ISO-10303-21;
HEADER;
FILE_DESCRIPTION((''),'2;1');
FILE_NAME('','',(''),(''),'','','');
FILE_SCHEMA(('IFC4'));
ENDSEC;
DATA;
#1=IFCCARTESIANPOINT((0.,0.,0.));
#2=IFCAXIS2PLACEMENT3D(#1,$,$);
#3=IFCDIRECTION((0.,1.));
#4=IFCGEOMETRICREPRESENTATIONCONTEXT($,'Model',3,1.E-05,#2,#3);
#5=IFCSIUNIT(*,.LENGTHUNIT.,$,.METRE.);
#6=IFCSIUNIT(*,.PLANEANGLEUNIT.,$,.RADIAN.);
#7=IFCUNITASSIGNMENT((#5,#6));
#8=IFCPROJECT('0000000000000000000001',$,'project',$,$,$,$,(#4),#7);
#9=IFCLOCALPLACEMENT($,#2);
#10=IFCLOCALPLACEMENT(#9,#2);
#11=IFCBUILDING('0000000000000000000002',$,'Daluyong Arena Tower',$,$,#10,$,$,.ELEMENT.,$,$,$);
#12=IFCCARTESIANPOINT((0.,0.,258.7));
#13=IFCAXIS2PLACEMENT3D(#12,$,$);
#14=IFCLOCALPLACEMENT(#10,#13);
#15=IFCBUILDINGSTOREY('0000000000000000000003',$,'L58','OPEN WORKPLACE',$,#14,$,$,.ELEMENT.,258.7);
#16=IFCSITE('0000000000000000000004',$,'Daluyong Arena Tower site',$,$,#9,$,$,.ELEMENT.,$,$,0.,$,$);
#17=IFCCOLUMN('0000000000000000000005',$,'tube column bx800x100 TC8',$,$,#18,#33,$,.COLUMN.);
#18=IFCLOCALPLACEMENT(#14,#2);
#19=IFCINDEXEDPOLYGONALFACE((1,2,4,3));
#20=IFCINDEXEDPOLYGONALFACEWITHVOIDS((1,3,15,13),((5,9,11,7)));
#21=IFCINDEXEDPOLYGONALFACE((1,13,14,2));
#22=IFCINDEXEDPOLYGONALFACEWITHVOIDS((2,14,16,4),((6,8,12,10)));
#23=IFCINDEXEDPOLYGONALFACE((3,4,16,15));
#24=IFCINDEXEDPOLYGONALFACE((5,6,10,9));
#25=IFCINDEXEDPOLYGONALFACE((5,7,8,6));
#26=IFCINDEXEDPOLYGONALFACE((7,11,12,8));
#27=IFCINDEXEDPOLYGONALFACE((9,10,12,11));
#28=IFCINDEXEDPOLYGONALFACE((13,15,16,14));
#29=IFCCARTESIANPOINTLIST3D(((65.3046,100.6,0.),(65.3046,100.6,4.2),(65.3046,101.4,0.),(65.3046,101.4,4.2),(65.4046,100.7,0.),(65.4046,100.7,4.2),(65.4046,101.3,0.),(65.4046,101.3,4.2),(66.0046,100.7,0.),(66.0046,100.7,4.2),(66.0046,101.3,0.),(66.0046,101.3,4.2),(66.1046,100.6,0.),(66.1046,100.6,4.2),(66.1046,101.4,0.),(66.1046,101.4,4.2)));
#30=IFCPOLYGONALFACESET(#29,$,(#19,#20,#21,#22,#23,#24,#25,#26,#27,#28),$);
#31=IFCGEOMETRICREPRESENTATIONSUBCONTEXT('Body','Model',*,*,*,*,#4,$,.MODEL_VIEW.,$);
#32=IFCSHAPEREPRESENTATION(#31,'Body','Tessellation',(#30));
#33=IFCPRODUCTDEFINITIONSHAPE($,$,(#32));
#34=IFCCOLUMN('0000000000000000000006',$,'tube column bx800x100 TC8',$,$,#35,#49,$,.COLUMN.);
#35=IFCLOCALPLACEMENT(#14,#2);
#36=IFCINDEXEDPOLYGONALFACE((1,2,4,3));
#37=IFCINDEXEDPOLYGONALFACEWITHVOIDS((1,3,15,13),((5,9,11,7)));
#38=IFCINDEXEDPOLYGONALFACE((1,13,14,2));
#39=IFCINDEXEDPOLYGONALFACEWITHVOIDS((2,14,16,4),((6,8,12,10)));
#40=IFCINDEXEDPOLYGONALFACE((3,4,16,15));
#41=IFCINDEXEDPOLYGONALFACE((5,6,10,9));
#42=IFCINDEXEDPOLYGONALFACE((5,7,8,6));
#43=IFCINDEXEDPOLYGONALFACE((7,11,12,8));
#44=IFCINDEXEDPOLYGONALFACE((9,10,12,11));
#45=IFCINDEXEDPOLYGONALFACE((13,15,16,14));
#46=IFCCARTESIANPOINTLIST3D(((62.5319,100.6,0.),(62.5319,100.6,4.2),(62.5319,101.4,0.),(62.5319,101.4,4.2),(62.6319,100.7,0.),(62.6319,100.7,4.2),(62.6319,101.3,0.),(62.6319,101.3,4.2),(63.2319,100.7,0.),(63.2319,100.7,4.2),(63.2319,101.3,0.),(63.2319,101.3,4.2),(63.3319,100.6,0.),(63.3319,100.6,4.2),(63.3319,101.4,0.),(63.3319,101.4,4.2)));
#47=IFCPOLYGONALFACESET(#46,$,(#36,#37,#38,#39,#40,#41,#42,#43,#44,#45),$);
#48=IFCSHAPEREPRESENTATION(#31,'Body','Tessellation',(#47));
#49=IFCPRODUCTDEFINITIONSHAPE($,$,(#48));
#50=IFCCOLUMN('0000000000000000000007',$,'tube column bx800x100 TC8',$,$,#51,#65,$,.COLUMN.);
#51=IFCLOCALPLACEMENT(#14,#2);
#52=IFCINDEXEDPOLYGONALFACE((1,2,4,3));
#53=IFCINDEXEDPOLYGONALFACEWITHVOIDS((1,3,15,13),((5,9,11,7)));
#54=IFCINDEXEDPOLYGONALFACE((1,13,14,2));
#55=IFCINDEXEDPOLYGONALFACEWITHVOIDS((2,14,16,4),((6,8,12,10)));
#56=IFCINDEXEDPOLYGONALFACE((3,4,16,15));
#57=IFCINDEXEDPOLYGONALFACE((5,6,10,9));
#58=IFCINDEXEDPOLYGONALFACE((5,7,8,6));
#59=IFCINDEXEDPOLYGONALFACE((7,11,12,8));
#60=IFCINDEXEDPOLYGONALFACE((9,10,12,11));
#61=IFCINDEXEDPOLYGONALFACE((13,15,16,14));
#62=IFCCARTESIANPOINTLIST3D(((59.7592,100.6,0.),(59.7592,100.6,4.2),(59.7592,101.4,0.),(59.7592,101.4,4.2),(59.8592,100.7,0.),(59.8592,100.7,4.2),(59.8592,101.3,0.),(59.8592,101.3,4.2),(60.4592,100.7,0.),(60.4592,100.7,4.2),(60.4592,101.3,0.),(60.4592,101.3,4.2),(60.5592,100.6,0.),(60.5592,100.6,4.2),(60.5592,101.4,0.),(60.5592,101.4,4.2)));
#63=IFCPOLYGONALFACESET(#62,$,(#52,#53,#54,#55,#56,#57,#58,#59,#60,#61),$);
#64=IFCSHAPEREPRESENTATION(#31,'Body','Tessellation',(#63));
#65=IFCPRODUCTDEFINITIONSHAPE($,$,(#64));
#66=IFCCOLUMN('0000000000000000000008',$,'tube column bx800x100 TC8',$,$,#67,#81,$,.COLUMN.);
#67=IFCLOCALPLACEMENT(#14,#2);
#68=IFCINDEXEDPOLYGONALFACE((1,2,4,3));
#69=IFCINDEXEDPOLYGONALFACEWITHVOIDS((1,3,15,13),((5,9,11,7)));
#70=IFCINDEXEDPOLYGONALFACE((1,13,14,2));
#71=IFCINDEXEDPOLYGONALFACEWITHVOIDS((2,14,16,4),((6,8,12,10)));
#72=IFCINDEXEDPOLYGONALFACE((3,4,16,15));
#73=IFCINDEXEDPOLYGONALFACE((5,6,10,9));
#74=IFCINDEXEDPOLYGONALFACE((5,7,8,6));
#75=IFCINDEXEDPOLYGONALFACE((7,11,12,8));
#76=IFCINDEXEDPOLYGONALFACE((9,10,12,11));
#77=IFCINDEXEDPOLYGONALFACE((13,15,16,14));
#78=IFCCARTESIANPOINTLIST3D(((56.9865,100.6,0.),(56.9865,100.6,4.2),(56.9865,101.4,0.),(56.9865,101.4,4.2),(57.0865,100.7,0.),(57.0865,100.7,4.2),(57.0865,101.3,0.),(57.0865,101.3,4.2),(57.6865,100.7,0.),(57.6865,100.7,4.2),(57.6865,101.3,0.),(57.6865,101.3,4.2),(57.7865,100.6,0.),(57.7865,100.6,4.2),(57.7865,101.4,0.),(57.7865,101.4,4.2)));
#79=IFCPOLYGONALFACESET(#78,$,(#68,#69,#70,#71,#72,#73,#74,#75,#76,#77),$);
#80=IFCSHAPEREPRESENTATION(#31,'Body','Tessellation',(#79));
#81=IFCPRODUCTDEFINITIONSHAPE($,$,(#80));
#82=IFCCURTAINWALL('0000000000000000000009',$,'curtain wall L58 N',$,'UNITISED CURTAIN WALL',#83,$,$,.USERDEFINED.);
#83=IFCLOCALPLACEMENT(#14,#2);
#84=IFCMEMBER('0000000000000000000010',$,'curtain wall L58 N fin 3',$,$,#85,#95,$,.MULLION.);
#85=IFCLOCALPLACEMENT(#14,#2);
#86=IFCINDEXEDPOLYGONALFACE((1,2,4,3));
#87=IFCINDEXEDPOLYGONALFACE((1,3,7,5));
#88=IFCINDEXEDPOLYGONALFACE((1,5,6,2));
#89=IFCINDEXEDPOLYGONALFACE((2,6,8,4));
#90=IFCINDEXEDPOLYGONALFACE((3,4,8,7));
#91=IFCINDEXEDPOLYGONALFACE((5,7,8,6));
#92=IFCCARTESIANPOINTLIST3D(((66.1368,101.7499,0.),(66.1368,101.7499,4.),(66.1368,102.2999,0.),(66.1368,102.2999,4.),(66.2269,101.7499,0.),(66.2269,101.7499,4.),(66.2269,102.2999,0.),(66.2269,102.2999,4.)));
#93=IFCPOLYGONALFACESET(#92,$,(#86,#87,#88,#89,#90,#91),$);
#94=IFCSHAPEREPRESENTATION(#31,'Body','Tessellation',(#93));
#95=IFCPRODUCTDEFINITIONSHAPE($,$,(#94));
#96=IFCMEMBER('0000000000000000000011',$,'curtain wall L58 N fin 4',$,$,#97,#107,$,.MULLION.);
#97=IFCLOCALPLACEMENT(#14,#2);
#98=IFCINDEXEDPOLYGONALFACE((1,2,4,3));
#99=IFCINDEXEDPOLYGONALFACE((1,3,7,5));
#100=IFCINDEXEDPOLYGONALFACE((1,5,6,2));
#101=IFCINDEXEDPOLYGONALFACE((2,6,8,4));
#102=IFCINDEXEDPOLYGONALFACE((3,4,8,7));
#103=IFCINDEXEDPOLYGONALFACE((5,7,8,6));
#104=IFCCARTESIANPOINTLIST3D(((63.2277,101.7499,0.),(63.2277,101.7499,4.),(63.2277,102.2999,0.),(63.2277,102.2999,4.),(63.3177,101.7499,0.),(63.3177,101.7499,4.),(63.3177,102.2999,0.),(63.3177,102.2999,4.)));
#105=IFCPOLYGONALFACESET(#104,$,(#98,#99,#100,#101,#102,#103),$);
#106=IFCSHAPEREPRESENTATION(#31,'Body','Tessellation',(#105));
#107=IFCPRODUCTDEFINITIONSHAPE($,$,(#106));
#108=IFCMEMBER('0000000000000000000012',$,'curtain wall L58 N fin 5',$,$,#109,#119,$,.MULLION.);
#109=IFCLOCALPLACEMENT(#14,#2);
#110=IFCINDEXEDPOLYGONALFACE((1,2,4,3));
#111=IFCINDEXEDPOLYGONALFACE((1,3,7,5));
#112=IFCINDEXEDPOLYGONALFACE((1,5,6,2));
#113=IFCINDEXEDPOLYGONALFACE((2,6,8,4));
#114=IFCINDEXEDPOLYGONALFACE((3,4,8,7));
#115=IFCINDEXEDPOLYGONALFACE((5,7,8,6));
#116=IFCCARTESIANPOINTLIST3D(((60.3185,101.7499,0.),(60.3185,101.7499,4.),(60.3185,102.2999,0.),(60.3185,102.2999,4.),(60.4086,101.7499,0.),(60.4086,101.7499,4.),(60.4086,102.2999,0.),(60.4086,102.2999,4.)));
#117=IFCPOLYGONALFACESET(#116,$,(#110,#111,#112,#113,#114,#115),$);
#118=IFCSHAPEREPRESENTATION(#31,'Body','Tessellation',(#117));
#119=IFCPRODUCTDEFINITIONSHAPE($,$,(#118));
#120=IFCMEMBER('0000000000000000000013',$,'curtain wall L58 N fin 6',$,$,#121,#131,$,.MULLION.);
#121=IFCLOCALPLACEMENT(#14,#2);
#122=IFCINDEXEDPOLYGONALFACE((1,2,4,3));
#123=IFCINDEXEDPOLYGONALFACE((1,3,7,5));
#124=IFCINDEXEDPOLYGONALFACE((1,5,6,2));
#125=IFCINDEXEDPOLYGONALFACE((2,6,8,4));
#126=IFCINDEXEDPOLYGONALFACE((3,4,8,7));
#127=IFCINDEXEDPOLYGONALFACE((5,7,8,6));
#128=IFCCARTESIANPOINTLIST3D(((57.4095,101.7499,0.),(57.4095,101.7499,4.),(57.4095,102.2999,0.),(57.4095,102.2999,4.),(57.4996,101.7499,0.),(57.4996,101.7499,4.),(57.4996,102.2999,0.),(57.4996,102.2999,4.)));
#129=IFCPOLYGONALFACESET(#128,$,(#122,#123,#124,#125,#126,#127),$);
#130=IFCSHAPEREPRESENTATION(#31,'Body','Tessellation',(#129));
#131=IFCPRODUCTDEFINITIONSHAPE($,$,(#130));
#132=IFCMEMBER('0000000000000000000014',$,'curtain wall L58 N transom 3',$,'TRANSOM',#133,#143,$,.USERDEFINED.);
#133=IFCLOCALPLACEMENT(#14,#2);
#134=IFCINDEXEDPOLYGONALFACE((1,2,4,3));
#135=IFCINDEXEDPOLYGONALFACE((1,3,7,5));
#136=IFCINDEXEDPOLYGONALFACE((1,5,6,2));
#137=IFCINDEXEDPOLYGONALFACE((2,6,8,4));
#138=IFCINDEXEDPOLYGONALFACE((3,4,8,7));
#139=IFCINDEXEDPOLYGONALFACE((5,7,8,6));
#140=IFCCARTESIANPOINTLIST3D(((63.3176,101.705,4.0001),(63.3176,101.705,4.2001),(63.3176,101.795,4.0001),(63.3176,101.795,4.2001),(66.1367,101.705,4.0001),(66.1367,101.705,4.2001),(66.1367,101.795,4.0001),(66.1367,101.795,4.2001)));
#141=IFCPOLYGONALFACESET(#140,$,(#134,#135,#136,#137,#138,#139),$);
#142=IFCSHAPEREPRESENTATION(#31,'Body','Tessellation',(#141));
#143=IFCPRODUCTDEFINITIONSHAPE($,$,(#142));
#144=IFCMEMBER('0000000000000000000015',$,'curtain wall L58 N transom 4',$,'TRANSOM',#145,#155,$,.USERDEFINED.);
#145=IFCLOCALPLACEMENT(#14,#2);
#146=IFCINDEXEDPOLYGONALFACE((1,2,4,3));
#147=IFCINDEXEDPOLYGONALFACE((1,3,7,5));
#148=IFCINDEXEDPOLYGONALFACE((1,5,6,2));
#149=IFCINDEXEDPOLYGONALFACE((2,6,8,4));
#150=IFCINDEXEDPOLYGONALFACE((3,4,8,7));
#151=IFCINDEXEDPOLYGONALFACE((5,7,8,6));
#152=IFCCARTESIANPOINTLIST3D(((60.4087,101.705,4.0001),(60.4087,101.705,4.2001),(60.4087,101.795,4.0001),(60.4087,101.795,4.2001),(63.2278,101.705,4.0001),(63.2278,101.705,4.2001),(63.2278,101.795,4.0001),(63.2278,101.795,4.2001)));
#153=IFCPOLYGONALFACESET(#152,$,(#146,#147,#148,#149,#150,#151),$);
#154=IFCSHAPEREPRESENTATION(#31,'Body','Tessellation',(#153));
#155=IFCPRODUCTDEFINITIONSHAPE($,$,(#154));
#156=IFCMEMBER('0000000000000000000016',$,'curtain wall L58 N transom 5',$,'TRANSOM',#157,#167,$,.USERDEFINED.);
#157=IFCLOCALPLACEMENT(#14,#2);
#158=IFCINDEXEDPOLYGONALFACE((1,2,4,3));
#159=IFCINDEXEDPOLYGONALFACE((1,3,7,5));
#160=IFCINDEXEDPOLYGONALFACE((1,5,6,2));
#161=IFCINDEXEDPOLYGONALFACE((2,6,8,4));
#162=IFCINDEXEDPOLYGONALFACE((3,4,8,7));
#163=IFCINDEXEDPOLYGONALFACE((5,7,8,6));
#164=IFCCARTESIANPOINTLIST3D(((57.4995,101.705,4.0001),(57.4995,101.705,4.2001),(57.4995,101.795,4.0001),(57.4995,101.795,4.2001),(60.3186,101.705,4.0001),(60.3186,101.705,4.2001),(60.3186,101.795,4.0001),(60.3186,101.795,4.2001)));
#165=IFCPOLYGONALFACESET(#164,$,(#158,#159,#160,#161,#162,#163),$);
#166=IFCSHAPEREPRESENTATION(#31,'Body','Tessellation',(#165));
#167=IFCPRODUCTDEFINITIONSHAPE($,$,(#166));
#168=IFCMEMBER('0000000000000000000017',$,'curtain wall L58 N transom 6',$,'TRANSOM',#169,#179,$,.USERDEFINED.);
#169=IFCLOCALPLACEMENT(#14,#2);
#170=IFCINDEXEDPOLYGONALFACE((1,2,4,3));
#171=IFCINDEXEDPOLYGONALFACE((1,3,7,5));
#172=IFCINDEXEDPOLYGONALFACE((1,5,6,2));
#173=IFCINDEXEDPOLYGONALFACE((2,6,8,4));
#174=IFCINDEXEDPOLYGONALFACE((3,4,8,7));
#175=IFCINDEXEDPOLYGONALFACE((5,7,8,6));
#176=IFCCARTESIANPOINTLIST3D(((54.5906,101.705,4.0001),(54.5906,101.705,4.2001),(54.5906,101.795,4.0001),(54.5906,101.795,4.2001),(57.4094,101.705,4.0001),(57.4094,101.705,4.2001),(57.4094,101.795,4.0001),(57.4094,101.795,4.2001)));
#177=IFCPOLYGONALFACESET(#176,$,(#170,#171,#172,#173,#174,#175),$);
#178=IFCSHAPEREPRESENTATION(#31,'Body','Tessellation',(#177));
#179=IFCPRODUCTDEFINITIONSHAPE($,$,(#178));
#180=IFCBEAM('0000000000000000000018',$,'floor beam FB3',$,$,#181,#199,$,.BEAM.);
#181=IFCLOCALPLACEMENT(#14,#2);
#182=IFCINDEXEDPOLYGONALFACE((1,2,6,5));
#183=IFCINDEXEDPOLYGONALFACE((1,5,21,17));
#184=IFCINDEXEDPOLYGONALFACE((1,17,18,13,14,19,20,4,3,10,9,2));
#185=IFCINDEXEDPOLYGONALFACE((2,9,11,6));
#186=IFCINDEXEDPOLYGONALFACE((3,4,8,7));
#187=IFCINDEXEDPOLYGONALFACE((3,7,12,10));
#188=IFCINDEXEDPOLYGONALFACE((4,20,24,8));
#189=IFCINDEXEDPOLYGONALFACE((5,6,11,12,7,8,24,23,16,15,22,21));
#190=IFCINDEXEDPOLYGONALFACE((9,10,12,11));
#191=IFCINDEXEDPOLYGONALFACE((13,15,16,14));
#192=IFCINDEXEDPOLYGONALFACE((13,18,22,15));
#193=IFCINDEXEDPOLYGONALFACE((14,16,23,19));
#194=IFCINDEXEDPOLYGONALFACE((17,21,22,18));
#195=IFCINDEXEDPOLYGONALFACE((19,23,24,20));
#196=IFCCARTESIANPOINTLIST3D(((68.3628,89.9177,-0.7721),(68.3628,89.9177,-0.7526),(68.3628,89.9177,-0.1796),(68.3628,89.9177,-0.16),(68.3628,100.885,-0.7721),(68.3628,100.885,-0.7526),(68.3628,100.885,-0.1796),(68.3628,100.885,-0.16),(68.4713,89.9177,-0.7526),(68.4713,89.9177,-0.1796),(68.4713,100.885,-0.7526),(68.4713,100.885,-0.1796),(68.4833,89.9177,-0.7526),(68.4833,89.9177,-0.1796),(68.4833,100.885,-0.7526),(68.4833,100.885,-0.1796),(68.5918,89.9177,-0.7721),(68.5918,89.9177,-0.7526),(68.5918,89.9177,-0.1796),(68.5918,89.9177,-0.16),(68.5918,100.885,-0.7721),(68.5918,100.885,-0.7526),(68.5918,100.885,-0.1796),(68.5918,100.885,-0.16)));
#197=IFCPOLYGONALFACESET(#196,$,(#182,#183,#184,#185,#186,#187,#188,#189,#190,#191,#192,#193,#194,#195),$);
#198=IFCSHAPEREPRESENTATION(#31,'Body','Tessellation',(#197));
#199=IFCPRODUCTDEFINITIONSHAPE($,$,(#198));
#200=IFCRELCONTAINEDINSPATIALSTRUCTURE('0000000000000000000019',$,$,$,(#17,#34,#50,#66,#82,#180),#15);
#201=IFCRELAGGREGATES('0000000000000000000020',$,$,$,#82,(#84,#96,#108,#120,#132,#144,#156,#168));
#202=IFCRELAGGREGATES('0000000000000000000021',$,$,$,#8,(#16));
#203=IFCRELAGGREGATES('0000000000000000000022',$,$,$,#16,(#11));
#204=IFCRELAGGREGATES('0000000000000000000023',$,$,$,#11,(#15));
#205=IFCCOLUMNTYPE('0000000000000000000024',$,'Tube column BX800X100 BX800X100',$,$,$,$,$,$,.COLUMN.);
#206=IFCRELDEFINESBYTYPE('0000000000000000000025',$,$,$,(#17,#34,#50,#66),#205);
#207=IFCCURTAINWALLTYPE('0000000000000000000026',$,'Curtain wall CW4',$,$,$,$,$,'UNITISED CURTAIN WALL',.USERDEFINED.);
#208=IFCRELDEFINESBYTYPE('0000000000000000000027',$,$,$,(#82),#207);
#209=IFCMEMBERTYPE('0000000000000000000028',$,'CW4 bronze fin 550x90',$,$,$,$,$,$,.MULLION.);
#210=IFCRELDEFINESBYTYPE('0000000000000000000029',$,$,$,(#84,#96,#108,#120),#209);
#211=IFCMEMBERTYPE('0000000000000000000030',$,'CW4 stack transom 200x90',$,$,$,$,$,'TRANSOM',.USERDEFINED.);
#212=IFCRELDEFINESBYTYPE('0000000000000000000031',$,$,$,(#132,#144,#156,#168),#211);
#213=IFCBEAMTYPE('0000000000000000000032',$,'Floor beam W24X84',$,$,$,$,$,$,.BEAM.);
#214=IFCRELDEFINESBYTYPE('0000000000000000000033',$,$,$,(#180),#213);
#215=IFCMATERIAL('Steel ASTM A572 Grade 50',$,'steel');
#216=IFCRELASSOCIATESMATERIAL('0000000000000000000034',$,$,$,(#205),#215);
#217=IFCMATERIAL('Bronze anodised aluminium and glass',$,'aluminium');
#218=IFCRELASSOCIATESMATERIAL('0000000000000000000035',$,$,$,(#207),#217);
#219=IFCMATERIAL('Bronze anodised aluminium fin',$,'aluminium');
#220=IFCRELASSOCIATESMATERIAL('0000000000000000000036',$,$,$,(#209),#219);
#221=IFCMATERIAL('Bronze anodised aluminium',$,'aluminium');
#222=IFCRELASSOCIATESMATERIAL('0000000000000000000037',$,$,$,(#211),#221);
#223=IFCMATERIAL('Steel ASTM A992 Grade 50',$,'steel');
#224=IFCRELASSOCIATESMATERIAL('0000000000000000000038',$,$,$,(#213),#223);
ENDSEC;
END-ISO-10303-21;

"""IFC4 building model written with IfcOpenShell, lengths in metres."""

from ifc_helpers import new_model, si_unit, direction, frame, origin, origin_2d, place, context, subcontext, project, spatial, rectangle, hollow_rectangle, i_section, extrude, material, material_profile, profile_set, type_object, element, aggregate, save


model = new_model("IFC4")

# Units and contexts
model_context = context("Model", 3, precision=1e-05, world=origin(), true_north=direction((0.0, 1.0)))
body_context = subcontext(model_context, "Body", "Model", "MODEL_VIEW")
ifc_project = project(units=[si_unit("LENGTHUNIT", "METRE"), si_unit("PLANEANGLEUNIT", "RADIAN")], contexts=[model_context])

# Site, building, storey
site_placement = place(None, origin())
site = spatial("IfcSite", under=ifc_project, at=site_placement, Name="Daluyong Arena Tower site", CompositionType="ELEMENT", RefElevation=0.0)
building_placement = place(site_placement, origin())
building = spatial("IfcBuilding", under=site, at=building_placement, Name="Daluyong Arena Tower", CompositionType="ELEMENT")
storey_placement = place(building_placement, frame((0.0, 0.0, 258.7)))
storey = spatial("IfcBuildingStorey", under=building, at=storey_placement, Name="L58", Description="OPEN WORKPLACE", CompositionType="ELEMENT", Elevation=258.7)

# Columns
ifc_material_1 = material(Name="Steel ASTM A572 Grade 50", Category="steel")
ifc_material_profile_1 = material_profile(ifc_material_1, hollow_rectangle(XDim=0.8, YDim=0.8, WallThickness=0.1, at=origin_2d()))
ifc_profile_set_1 = profile_set([ifc_material_profile_1], Name="Steel ASTM A572 Grade 50")
column_type = type_object("IfcColumnType", Name="Tube column BX800X100 BX800X100", PredefinedType="COLUMN", material=ifc_profile_set_1)
for number, where, z_axis, x_axis, name in (
    (1, (65.7046, 101.0, 0.0), (0.0, 0.0, 1.0), (1.0, 0.0, 0.0), "tube column bx800x100 TC8"),
    (2, (62.9319, 101.0, 0.0), (0.0, 0.0, 1.0), (1.0, 0.0, 0.0), "tube column bx800x100 TC8"),
    (3, (60.1592, 101.0, 0.0), (0.0, 0.0, 1.0), (1.0, 0.0, 0.0), "tube column bx800x100 TC8"),
    (4, (57.3865, 101.0, 0.0), (0.0, 0.0, 1.0), (1.0, 0.0, 0.0), "tube column bx800x100 TC8"),
):
    element("IfcColumn", number, at=place(storey_placement, frame(where, z_axis=z_axis, x_axis=x_axis)), inside=storey, type_object=column_type, Name=name, PredefinedType="COLUMN", context=body_context, shape_type="SweptSolid", body=[
        extrude(hollow_rectangle(XDim=0.8, YDim=0.8, WallThickness=0.1, at=origin_2d()), origin(), (0.0, 0.0, 1.0), 4.2),
    ])

# Curtain wall, members
ifc_material_2 = material(Name="Bronze anodised aluminium and glass", Category="aluminium")
curtain_wall_type = type_object("IfcCurtainWallType", Name="Curtain wall CW4", ElementType="UNITISED CURTAIN WALL", PredefinedType="USERDEFINED", material=ifc_material_2)
curtain_wall_placement = place(storey_placement, origin())
curtain_wall = element("IfcCurtainWall", 5, at=curtain_wall_placement, inside=storey, type_object=curtain_wall_type, Name="curtain wall L58 N", ObjectType="UNITISED CURTAIN WALL", PredefinedType="USERDEFINED")
ifc_material_3 = material(Name="Bronze anodised aluminium fin", Category="aluminium")
ifc_material_profile_2 = material_profile(ifc_material_3, rectangle(XDim=0.55, YDim=0.0901, at=origin_2d()))
ifc_profile_set_2 = profile_set([ifc_material_profile_2], Name="Bronze anodised aluminium fin")
member_type_1 = type_object("IfcMemberType", Name="CW4 bronze fin 550x90", PredefinedType="MULLION", material=ifc_profile_set_2)
member_1_placement = place(storey_placement, frame((66.1819, 102.0249, 0.0), z_axis=(0.0, 0.0, 1.0), x_axis=(0.0, -1.0, 0.0)))
member_1 = element("IfcMember", 6, at=member_1_placement, type_object=member_type_1, Name="curtain wall L58 N fin 3", PredefinedType="MULLION", context=body_context, shape_type="SweptSolid", body=[
    extrude(rectangle(XDim=0.55, YDim=0.0901, at=origin_2d()), origin(), (0.0, 0.0, 1.0), 4.0),
])
member_2_placement = place(storey_placement, frame((63.2727, 102.0249, 0.0), z_axis=(0.0, 0.0, 1.0), x_axis=(0.0, -1.0, 0.0)))
member_2 = element("IfcMember", 7, at=member_2_placement, type_object=member_type_1, Name="curtain wall L58 N fin 4", PredefinedType="MULLION", context=body_context, shape_type="SweptSolid", body=[
    extrude(rectangle(XDim=0.55, YDim=0.0901, at=origin_2d()), origin(), (0.0, 0.0, 1.0), 4.0),
])
member_3_placement = place(storey_placement, frame((60.3635, 102.0249, 0.0), z_axis=(0.0, 0.0, 1.0), x_axis=(0.0, -1.0, 0.0)))
member_3 = element("IfcMember", 8, at=member_3_placement, type_object=member_type_1, Name="curtain wall L58 N fin 5", PredefinedType="MULLION", context=body_context, shape_type="SweptSolid", body=[
    extrude(rectangle(XDim=0.55, YDim=0.0901, at=origin_2d()), origin(), (0.0, 0.0, 1.0), 4.0),
])
member_4_placement = place(storey_placement, frame((57.4546, 102.0249, 0.0), z_axis=(0.0, 0.0, 1.0), x_axis=(0.0, -1.0, 0.0)))
member_4 = element("IfcMember", 9, at=member_4_placement, type_object=member_type_1, Name="curtain wall L58 N fin 6", PredefinedType="MULLION", context=body_context, shape_type="SweptSolid", body=[
    extrude(rectangle(XDim=0.55, YDim=0.0901, at=origin_2d()), origin(), (0.0, 0.0, 1.0), 4.0),
])
ifc_material_4 = material(Name="Bronze anodised aluminium", Category="aluminium")
ifc_material_profile_3 = material_profile(ifc_material_4, rectangle(XDim=0.0901, YDim=0.2, at=origin_2d()))
ifc_profile_set_3 = profile_set([ifc_material_profile_3], Name="Bronze anodised aluminium")
member_type_2 = type_object("IfcMemberType", Name="CW4 stack transom 200x90", ElementType="TRANSOM", PredefinedType="USERDEFINED", material=ifc_profile_set_3)
member_5_placement = place(storey_placement, frame((66.1367, 101.75, 4.1001), z_axis=(-1.0, 0.0, 0.0), x_axis=(0.0, -1.0, 0.0)))
member_5 = element("IfcMember", 10, at=member_5_placement, type_object=member_type_2, Name="curtain wall L58 N transom 3", ObjectType="TRANSOM", PredefinedType="USERDEFINED", context=body_context, shape_type="SweptSolid", body=[
    extrude(rectangle(XDim=0.0901, YDim=0.2, at=origin_2d()), origin(), (0.0, 0.0, 1.0), 2.8191),
])
member_6_placement = place(storey_placement, frame((63.2278, 101.75, 4.1001), z_axis=(-1.0, 0.0, 0.0), x_axis=(0.0, -1.0, 0.0)))
member_6 = element("IfcMember", 11, at=member_6_placement, type_object=member_type_2, Name="curtain wall L58 N transom 4", ObjectType="TRANSOM", PredefinedType="USERDEFINED", context=body_context, shape_type="SweptSolid", body=[
    extrude(rectangle(XDim=0.0901, YDim=0.2, at=origin_2d()), origin(), (0.0, 0.0, 1.0), 2.8191),
])
member_7_placement = place(storey_placement, frame((60.3186, 101.75, 4.1001), z_axis=(-1.0, 0.0, 0.0), x_axis=(0.0, -1.0, 0.0)))
member_7 = element("IfcMember", 12, at=member_7_placement, type_object=member_type_2, Name="curtain wall L58 N transom 5", ObjectType="TRANSOM", PredefinedType="USERDEFINED", context=body_context, shape_type="SweptSolid", body=[
    extrude(rectangle(XDim=0.0901, YDim=0.2, at=origin_2d()), origin(), (0.0, 0.0, 1.0), 2.8191),
])
member_8_placement = place(storey_placement, frame((57.4094, 101.75, 4.1001), z_axis=(-1.0, 0.0, 0.0), x_axis=(0.0, -1.0, 0.0)))
member_8 = element("IfcMember", 13, at=member_8_placement, type_object=member_type_2, Name="curtain wall L58 N transom 6", ObjectType="TRANSOM", PredefinedType="USERDEFINED", context=body_context, shape_type="SweptSolid", body=[
    extrude(rectangle(XDim=0.0901, YDim=0.2, at=origin_2d()), origin(), (0.0, 0.0, 1.0), 2.8188),
])

# Beam
ifc_material_5 = material(Name="Steel ASTM A992 Grade 50", Category="steel")
ifc_material_profile_4 = material_profile(ifc_material_5, i_section(OverallWidth=0.229, OverallDepth=0.6121, WebThickness=0.012, FlangeThickness=0.0195, at=origin_2d()))
ifc_profile_set_4 = profile_set([ifc_material_profile_4], Name="Steel ASTM A992 Grade 50")
beam_type_1 = type_object("IfcBeamType", Name="Floor beam W24X84", PredefinedType="BEAM", material=ifc_profile_set_4)
beam_1_placement = place(storey_placement, frame((68.4773, 100.885, -0.4661), z_axis=(0.0, -1.0, 0.0), x_axis=(1.0, 0.0, 0.0)))
element("IfcBeam", 14, at=beam_1_placement, inside=storey, type_object=beam_type_1, Name="floor beam FB3", PredefinedType="BEAM", context=body_context, shape_type="SweptSolid", body=[
    extrude(i_section(OverallWidth=0.229, OverallDepth=0.6121, WebThickness=0.012, FlangeThickness=0.0195, at=origin_2d()), origin(), (0.0, 0.0, 1.0), 10.9673),
])

aggregate(curtain_wall, [member_1, member_2, member_3, member_4, member_5, member_6, member_7, member_8])

save(model, "model.ifc")
